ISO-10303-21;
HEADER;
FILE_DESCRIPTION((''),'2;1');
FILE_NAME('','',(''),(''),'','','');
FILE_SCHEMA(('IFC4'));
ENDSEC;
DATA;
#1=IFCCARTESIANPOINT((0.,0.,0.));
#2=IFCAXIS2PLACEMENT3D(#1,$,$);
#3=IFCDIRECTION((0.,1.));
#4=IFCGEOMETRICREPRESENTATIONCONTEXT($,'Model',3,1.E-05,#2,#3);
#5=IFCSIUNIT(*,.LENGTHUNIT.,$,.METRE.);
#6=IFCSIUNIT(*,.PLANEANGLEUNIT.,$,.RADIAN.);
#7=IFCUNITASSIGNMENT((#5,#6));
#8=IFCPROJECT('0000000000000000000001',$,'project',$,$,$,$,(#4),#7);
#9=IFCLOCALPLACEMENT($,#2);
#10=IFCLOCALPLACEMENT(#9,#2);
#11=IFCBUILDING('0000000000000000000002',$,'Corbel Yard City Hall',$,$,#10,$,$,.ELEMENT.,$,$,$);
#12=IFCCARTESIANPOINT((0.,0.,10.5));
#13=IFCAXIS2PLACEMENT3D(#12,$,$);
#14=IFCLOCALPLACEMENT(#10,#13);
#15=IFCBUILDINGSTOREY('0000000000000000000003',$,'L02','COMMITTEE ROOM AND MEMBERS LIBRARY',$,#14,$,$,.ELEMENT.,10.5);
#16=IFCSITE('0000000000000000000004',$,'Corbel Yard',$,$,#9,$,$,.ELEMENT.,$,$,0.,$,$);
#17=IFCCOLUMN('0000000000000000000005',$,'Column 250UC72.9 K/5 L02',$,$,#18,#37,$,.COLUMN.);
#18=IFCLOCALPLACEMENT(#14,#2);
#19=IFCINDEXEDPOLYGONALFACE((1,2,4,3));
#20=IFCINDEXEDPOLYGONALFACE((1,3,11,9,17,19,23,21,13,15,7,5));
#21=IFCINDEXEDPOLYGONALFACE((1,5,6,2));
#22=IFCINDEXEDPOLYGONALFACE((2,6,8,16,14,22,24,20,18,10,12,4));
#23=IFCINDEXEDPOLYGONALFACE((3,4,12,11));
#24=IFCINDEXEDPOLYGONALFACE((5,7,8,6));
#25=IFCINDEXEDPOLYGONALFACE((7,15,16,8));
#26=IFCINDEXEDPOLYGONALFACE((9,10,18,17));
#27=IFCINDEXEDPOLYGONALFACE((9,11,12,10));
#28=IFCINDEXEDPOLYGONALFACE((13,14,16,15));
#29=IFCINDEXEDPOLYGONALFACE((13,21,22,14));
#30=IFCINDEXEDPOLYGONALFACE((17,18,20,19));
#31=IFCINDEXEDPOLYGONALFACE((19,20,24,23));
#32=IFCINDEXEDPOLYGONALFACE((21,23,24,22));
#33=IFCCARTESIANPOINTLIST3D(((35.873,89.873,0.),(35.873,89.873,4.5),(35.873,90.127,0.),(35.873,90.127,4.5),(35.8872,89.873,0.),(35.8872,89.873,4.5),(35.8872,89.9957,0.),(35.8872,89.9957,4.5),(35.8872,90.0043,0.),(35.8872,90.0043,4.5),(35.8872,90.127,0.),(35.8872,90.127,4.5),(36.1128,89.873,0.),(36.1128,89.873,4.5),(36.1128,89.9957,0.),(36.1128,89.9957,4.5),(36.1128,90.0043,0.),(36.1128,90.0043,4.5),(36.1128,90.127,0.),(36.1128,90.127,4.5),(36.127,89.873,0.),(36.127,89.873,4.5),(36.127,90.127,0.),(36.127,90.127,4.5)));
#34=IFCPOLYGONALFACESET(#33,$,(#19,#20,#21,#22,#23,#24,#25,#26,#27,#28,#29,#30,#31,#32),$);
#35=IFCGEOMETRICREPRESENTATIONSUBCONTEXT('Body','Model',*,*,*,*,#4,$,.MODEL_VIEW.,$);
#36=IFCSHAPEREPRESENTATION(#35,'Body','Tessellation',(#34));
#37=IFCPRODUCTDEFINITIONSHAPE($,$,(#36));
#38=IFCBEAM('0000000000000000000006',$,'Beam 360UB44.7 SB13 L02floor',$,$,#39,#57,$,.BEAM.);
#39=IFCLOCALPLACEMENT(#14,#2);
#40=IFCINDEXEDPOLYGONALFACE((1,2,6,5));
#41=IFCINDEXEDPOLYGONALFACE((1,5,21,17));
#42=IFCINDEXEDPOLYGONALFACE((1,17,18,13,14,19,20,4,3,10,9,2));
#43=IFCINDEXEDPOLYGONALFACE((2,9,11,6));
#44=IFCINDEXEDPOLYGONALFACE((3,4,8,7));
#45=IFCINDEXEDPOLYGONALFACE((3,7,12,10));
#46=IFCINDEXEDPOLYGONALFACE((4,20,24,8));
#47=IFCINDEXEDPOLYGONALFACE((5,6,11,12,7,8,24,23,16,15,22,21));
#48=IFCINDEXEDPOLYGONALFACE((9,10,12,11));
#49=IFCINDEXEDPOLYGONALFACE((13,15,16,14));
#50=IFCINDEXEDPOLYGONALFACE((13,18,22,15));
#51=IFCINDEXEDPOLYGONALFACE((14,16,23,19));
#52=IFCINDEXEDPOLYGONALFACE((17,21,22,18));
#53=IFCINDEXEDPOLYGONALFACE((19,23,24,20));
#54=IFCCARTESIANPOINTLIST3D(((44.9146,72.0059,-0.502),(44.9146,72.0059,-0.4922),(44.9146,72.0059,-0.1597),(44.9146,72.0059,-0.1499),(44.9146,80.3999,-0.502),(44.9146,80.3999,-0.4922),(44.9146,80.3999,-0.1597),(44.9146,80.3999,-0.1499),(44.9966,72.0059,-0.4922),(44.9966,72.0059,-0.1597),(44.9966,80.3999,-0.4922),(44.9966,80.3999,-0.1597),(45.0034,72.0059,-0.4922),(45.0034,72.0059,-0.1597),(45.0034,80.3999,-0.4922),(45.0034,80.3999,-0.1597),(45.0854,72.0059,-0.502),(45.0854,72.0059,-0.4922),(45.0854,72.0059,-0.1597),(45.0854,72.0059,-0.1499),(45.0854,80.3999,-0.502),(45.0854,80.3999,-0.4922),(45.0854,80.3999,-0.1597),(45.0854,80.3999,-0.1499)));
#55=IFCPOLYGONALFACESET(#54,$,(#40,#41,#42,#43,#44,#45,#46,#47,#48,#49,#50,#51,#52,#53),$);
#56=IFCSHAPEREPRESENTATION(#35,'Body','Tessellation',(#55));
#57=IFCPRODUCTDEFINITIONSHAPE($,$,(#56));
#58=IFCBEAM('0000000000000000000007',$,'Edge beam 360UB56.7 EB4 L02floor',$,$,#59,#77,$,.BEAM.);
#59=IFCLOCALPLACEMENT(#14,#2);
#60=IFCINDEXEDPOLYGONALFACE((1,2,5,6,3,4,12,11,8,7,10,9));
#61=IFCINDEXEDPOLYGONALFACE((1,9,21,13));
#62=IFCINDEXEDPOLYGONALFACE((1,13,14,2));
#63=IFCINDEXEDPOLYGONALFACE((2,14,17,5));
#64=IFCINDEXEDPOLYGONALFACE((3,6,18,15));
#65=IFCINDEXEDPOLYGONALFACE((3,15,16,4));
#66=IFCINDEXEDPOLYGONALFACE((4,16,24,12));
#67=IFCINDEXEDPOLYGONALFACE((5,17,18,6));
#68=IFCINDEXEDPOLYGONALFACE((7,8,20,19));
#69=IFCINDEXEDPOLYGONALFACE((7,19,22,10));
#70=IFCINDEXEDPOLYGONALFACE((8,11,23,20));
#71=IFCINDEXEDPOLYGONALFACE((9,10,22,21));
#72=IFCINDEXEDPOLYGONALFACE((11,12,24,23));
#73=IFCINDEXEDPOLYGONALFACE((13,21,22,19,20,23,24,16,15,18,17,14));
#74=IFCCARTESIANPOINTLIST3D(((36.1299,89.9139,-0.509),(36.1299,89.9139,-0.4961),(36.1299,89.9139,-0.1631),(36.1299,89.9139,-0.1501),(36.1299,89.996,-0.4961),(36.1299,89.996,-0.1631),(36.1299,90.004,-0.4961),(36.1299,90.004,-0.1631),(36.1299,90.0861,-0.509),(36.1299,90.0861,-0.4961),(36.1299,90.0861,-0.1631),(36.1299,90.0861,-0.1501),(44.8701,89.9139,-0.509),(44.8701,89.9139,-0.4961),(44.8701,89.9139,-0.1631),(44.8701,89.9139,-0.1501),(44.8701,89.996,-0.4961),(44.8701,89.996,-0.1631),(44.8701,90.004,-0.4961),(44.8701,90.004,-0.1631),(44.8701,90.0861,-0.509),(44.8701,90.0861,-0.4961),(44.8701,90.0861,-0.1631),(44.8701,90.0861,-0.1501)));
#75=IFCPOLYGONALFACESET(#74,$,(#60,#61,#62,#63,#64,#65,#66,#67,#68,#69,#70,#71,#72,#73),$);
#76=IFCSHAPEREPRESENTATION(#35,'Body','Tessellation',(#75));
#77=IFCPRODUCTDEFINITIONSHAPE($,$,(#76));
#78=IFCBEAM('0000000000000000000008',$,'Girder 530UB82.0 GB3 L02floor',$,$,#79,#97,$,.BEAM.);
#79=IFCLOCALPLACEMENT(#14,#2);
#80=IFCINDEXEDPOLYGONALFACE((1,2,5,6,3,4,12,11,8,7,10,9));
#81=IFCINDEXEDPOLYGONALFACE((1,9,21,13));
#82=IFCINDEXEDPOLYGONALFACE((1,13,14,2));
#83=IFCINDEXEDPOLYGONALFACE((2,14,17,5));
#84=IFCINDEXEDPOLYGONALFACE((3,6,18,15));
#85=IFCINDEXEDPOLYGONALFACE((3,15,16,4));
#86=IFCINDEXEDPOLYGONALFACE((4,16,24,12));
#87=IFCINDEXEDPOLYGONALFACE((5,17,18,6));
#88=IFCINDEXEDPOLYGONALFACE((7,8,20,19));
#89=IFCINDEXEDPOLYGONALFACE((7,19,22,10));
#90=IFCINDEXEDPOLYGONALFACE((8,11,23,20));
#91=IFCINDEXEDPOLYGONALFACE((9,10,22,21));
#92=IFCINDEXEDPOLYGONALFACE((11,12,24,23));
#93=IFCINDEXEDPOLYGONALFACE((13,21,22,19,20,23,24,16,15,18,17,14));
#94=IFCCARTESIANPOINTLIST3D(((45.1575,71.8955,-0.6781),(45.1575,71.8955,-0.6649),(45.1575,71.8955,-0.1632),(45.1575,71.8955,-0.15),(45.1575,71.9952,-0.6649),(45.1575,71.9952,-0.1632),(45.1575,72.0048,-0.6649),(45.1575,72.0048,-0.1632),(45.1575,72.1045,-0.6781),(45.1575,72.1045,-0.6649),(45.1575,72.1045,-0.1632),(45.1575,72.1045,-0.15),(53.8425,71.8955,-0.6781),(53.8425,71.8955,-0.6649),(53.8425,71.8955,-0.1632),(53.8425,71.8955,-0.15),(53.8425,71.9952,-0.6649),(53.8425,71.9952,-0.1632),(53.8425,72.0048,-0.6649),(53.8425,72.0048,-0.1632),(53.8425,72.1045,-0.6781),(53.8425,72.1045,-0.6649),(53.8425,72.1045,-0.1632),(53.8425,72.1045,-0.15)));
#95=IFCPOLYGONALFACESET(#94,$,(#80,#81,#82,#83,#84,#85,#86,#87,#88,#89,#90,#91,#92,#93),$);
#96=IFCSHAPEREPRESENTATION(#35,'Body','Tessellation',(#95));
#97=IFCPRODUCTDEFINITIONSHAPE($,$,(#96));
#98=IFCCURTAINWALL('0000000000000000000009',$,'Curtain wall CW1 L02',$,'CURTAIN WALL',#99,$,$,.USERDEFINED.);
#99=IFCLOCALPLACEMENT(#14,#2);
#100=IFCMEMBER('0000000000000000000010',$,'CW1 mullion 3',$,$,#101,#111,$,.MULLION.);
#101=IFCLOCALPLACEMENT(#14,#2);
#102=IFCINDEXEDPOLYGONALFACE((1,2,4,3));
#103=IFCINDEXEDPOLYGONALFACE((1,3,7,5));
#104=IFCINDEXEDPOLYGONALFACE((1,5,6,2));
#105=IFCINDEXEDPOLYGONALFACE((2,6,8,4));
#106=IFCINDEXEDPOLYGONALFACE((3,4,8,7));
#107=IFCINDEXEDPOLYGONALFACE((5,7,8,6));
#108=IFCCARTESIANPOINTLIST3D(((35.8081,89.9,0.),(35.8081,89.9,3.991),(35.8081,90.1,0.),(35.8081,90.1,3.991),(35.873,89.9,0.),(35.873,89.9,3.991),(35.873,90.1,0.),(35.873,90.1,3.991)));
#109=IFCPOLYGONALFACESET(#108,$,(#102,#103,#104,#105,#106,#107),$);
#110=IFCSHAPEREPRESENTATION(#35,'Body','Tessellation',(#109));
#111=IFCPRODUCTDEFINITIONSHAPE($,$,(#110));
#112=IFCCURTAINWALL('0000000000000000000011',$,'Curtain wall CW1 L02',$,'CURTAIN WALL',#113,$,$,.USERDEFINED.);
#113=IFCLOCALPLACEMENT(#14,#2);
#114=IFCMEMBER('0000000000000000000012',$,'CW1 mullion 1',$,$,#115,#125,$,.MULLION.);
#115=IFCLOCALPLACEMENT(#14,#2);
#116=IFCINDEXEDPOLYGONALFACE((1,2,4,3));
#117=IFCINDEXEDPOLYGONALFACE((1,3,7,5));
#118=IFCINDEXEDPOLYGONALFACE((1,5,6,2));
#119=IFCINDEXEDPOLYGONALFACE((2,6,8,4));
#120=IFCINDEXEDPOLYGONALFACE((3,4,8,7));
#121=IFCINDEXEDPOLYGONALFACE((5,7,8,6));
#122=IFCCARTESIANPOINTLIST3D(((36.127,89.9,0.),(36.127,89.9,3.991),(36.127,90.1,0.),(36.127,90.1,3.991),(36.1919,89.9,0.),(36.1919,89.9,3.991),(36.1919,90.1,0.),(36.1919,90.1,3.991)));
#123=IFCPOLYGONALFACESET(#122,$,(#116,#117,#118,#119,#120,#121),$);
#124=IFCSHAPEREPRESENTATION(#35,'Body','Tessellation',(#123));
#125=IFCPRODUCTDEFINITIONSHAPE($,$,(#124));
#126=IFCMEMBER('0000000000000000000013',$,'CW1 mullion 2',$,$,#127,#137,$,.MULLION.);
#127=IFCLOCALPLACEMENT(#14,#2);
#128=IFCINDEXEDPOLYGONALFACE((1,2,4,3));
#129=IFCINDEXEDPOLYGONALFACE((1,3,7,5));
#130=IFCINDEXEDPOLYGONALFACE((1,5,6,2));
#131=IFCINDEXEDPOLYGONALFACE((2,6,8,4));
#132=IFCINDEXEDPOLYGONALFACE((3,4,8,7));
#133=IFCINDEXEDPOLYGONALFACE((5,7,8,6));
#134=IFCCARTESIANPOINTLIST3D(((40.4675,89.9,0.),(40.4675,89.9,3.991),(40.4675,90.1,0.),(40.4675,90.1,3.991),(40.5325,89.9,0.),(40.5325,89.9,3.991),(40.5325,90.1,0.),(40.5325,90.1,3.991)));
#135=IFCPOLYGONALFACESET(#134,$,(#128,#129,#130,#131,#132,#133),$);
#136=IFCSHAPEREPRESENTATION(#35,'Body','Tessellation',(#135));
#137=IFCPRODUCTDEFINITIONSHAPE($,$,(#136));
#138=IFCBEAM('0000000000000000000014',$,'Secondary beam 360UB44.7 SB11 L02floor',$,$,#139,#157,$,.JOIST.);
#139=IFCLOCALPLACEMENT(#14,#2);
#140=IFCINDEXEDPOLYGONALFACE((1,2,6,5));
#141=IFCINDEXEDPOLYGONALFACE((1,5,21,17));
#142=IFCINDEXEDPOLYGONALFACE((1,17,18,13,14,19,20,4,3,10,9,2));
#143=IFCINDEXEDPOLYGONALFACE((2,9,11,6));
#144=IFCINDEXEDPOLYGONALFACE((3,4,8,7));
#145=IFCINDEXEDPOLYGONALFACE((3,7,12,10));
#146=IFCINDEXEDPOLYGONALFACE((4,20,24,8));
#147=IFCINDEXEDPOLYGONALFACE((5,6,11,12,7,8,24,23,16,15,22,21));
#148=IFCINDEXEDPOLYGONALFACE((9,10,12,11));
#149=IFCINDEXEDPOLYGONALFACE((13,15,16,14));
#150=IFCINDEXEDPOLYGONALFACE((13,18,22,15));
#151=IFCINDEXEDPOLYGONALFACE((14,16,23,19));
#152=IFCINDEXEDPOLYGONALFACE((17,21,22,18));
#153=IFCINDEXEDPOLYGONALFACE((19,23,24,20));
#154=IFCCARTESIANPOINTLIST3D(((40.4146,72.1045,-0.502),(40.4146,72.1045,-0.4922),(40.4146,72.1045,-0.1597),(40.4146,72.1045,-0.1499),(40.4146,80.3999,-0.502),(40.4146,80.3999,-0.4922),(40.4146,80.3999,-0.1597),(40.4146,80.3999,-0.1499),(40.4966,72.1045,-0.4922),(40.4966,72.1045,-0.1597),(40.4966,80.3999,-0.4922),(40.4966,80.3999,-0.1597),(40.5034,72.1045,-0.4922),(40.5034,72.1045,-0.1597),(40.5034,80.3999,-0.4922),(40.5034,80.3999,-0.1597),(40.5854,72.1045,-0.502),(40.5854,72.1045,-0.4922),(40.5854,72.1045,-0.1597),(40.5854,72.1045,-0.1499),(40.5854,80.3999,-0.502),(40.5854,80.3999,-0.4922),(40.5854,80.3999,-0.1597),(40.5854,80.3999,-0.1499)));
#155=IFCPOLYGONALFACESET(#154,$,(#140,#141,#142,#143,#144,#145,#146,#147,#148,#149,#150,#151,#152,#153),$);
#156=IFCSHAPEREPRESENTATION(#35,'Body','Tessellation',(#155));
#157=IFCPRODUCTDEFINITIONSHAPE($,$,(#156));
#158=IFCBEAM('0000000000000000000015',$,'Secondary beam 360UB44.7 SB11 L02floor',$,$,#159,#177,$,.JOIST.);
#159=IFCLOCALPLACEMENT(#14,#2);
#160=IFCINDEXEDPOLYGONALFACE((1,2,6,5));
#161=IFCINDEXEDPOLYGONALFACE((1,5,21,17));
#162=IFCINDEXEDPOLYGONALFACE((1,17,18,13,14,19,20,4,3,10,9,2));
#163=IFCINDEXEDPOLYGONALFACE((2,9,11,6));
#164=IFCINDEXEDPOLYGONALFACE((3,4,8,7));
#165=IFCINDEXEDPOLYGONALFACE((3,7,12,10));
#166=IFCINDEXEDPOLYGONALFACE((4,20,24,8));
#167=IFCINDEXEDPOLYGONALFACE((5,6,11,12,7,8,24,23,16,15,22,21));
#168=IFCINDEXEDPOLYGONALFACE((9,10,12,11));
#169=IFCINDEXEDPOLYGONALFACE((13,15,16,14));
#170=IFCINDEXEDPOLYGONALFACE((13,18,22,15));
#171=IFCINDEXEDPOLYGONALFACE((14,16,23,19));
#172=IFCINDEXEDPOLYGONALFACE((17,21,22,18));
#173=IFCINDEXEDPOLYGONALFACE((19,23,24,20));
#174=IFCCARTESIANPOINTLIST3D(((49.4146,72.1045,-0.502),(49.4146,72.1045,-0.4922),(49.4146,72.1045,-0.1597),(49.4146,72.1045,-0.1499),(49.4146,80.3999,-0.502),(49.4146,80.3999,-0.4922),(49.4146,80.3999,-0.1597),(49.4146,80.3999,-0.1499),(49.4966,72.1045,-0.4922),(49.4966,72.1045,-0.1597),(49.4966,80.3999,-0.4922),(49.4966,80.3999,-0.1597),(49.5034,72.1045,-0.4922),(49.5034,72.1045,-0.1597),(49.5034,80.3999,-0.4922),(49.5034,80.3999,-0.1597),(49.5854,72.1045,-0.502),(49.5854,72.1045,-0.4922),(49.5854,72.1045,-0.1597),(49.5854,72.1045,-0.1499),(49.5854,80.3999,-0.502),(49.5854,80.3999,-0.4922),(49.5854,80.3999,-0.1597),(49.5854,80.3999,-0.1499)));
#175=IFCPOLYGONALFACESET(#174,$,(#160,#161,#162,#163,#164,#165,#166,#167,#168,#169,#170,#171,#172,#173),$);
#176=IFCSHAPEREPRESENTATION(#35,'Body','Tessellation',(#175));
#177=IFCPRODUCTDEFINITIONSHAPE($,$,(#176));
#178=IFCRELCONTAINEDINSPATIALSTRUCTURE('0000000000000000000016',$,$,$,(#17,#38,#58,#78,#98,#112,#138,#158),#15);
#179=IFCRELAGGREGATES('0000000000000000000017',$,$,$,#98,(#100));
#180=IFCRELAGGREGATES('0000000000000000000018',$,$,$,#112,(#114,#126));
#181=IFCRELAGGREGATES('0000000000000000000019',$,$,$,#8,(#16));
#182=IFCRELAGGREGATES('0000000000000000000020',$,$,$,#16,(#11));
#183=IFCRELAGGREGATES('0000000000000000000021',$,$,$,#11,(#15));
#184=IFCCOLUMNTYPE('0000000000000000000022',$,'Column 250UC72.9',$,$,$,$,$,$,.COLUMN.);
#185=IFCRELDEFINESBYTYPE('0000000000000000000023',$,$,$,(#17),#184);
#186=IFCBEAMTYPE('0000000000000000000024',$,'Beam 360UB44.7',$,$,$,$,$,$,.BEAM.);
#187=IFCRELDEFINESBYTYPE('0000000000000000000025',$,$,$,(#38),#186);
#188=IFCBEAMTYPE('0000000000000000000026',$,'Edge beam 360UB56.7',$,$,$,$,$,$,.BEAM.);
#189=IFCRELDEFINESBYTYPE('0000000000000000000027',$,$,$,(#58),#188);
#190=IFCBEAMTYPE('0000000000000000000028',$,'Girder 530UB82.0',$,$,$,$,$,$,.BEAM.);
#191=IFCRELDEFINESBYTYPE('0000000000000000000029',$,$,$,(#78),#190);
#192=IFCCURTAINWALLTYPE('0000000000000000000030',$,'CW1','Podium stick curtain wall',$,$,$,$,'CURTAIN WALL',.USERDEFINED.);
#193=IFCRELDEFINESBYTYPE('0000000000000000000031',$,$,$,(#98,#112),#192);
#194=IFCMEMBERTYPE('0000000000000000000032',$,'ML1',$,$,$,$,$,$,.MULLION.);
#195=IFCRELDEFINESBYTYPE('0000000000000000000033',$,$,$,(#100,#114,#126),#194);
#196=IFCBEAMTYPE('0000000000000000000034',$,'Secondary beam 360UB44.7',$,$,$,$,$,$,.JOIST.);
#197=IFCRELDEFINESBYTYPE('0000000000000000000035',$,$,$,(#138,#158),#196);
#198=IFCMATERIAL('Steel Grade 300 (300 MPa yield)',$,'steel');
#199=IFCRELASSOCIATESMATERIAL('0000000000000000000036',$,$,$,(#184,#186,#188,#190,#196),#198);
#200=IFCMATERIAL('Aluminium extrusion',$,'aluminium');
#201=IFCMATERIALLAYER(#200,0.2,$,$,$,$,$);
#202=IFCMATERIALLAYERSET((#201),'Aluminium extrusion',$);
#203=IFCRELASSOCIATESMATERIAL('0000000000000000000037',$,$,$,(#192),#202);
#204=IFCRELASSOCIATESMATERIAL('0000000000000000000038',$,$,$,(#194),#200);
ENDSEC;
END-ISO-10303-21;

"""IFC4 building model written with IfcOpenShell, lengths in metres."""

from ifc_helpers import new_model, si_unit, direction, frame, origin, origin_2d, place, context, subcontext, project, spatial, rectangle, i_section, extrude, material, layer, layer_set, material_profile, profile_set, type_object, element, aggregate, save


model = new_model("IFC4")

# Units and contexts
model_context = context("Model", 3, precision=1e-05, world=origin(), true_north=direction((0.0, 1.0)))
body_context = subcontext(model_context, "Body", "Model", "MODEL_VIEW")
ifc_project = project(units=[si_unit("LENGTHUNIT", "METRE"), si_unit("PLANEANGLEUNIT", "RADIAN")], contexts=[model_context])

# Site, building, storey
site_placement = place(None, origin())
site = spatial("IfcSite", under=ifc_project, at=site_placement, Name="Corbel Yard", CompositionType="ELEMENT", RefElevation=0.0)
building_placement = place(site_placement, origin())
building = spatial("IfcBuilding", under=site, at=building_placement, Name="Corbel Yard City Hall", CompositionType="ELEMENT")
storey_placement = place(building_placement, frame((0.0, 0.0, 10.5)))
storey = spatial("IfcBuildingStorey", under=building, at=storey_placement, Name="L02", Description="COMMITTEE ROOM AND MEMBERS LIBRARY", CompositionType="ELEMENT", Elevation=10.5)

# Column
ifc_material_1 = material(Name="Steel Grade 300 (300 MPa yield)", Category="steel")
ifc_material_profile_1 = material_profile(ifc_material_1, i_section(OverallWidth=0.2539, OverallDepth=0.2539, WebThickness=0.0085, FlangeThickness=0.0142, at=origin_2d()), Name="250UC72.9")
ifc_profile_set_1 = profile_set([ifc_material_profile_1], Name="Steel Grade 300 (300 MPa yield)")
column_type = type_object("IfcColumnType", Name="Column 250UC72.9", PredefinedType="COLUMN", material=ifc_profile_set_1)
column_placement = place(storey_placement, frame((36.0, 90.0, 0.0), z_axis=(0.0, 0.0, 1.0), x_axis=(0.0, 1.0, 0.0)))
element("IfcColumn", 1, at=column_placement, inside=storey, type_object=column_type, Name="Column 250UC72.9 K/5 L02", PredefinedType="COLUMN", context=body_context, shape_type="SweptSolid", body=[
    extrude(i_section(OverallWidth=0.2539, OverallDepth=0.2539, WebThickness=0.0085, FlangeThickness=0.0142, at=origin_2d()), origin(), (0.0, 0.0, 1.0), 4.5),
])

# Beams
ifc_material_profile_2 = material_profile(ifc_material_1, i_section(OverallWidth=0.1709, OverallDepth=0.3521, WebThickness=0.0068, FlangeThickness=0.0098, at=origin_2d()), Name="360UB44.7")
ifc_profile_set_2 = profile_set([ifc_material_profile_2], Name="Steel Grade 300 (300 MPa yield)")
beam_type_1 = type_object("IfcBeamType", Name="Beam 360UB44.7", PredefinedType="BEAM", material=ifc_profile_set_2)
beam_1_placement = place(storey_placement, frame((45.0, 72.0059, -0.3259), z_axis=(0.0, 1.0, 0.0), x_axis=(-1.0, 0.0, 0.0)))
element("IfcBeam", 2, at=beam_1_placement, inside=storey, type_object=beam_type_1, Name="Beam 360UB44.7 SB13 L02floor", PredefinedType="BEAM", context=body_context, shape_type="SweptSolid", body=[
    extrude(i_section(OverallWidth=0.1709, OverallDepth=0.3521, WebThickness=0.0068, FlangeThickness=0.0098, at=origin_2d()), origin(), (0.0, 0.0, 1.0), 8.394),
])
ifc_material_profile_3 = material_profile(ifc_material_1, i_section(OverallWidth=0.1721, OverallDepth=0.3589, WebThickness=0.0081, FlangeThickness=0.0129, at=origin_2d()), Name="360UB56.7")
ifc_profile_set_3 = profile_set([ifc_material_profile_3], Name="Steel Grade 300 (300 MPa yield)")
beam_type_2 = type_object("IfcBeamType", Name="Edge beam 360UB56.7", PredefinedType="BEAM", material=ifc_profile_set_3)
beam_2_placement = place(storey_placement, frame((36.1299, 90.0, -0.3296), z_axis=(1.0, 0.0, 0.0), x_axis=(0.0, 1.0, 0.0)))
element("IfcBeam", 3, at=beam_2_placement, inside=storey, type_object=beam_type_2, Name="Edge beam 360UB56.7 EB4 L02floor", PredefinedType="BEAM", context=body_context, shape_type="SweptSolid", body=[
    extrude(i_section(OverallWidth=0.1721, OverallDepth=0.3589, WebThickness=0.0081, FlangeThickness=0.0129, at=origin_2d()), origin(), (0.0, 0.0, 1.0), 8.7402),
])
ifc_material_profile_4 = material_profile(ifc_material_1, i_section(OverallWidth=0.209, OverallDepth=0.5281, WebThickness=0.0095, FlangeThickness=0.0132, at=origin_2d()), Name="530UB82.0")
ifc_profile_set_4 = profile_set([ifc_material_profile_4], Name="Steel Grade 300 (300 MPa yield)")
beam_type_3 = type_object("IfcBeamType", Name="Girder 530UB82.0", PredefinedType="BEAM", material=ifc_profile_set_4)
beam_3_placement = place(storey_placement, frame((45.1575, 72.0, -0.4141), z_axis=(1.0, 0.0, 0.0), x_axis=(0.0, 1.0, 0.0)))
element("IfcBeam", 4, at=beam_3_placement, inside=storey, type_object=beam_type_3, Name="Girder 530UB82.0 GB3 L02floor", PredefinedType="BEAM", context=body_context, shape_type="SweptSolid", body=[
    extrude(i_section(OverallWidth=0.209, OverallDepth=0.5281, WebThickness=0.0095, FlangeThickness=0.0132, at=origin_2d()), origin(), (0.0, 0.0, 1.0), 8.6851),
])

# Curtain wall, member
ifc_material_2 = material(Name="Aluminium extrusion", Category="aluminium")
ifc_layer_1 = layer(ifc_material_2, 0.2)
ifc_layer_set_1 = layer_set([ifc_layer_1], Name="Aluminium extrusion")
curtain_wall_type = type_object("IfcCurtainWallType", Name="CW1", Description="Podium stick curtain wall", ElementType="CURTAIN WALL", PredefinedType="USERDEFINED", material=ifc_layer_set_1)
curtain_wall_1_placement = place(storey_placement, origin())
curtain_wall_1 = element("IfcCurtainWall", 5, at=curtain_wall_1_placement, inside=storey, type_object=curtain_wall_type, Name="Curtain wall CW1 L02", ObjectType="CURTAIN WALL", PredefinedType="USERDEFINED")
ifc_material_profile_5 = material_profile(ifc_material_2, rectangle(XDim=0.2, YDim=0.0649, at=origin_2d()), Name="200x65")
ifc_profile_set_5 = profile_set([ifc_material_profile_5], Name="Aluminium extrusion")
member_type_1 = type_object("IfcMemberType", Name="ML1", PredefinedType="MULLION", material=ifc_profile_set_5)
member_1_placement = place(storey_placement, frame((35.8406, 90.0, 0.0), z_axis=(0.0, 0.0, 1.0), x_axis=(0.0, 1.0, 0.0)))
member_1 = element("IfcMember", 6, at=member_1_placement, type_object=member_type_1, Name="CW1 mullion 3", PredefinedType="MULLION", context=body_context, shape_type="SweptSolid", body=[
    extrude(rectangle(XDim=0.2, YDim=0.0649, at=origin_2d()), origin(), (0.0, 0.0, 1.0), 3.991),
])

# Curtain wall, members
curtain_wall_2_placement = place(storey_placement, origin())
curtain_wall_2 = element("IfcCurtainWall", 7, at=curtain_wall_2_placement, inside=storey, type_object=curtain_wall_type, Name="Curtain wall CW1 L02", ObjectType="CURTAIN WALL", PredefinedType="USERDEFINED")
member_2_placement = place(storey_placement, frame((36.1594, 90.0, 0.0), z_axis=(0.0, 0.0, 1.0), x_axis=(0.0, 1.0, 0.0)))
member_2 = element("IfcMember", 8, at=member_2_placement, type_object=member_type_1, Name="CW1 mullion 1", PredefinedType="MULLION", context=body_context, shape_type="SweptSolid", body=[
    extrude(rectangle(XDim=0.2, YDim=0.0649, at=origin_2d()), origin(), (0.0, 0.0, 1.0), 3.991),
])
member_3_placement = place(storey_placement, frame((40.5, 90.0, 0.0), z_axis=(0.0, 0.0, 1.0), x_axis=(0.0, 1.0, 0.0)))
member_3 = element("IfcMember", 9, at=member_3_placement, type_object=member_type_1, Name="CW1 mullion 2", PredefinedType="MULLION", context=body_context, shape_type="SweptSolid", body=[
    extrude(rectangle(XDim=0.2, YDim=0.0649, at=origin_2d()), origin(), (0.0, 0.0, 1.0), 3.991),
])

# Beams
ifc_material_profile_6 = material_profile(ifc_material_1, i_section(OverallWidth=0.1709, OverallDepth=0.3521, WebThickness=0.0068, FlangeThickness=0.0098, at=origin_2d()), Name="360UB44.7")
ifc_profile_set_6 = profile_set([ifc_material_profile_6], Name="Steel Grade 300 (300 MPa yield)")
beam_type_4 = type_object("IfcBeamType", Name="Secondary beam 360UB44.7", PredefinedType="JOIST", material=ifc_profile_set_6)
for number, where, z_axis, x_axis, name in (
    (10, (40.5, 72.1045, -0.3259), (0.0, 1.0, 0.0), (-1.0, 0.0, 0.0), "Secondary beam 360UB44.7 SB11 L02floor"),
    (11, (49.5, 72.1045, -0.3259), (0.0, 1.0, 0.0), (-1.0, 0.0, 0.0), "Secondary beam 360UB44.7 SB11 L02floor"),
):
    element("IfcBeam", number, at=place(storey_placement, frame(where, z_axis=z_axis, x_axis=x_axis)), inside=storey, type_object=beam_type_4, Name=name, PredefinedType="JOIST", context=body_context, shape_type="SweptSolid", body=[
        extrude(i_section(OverallWidth=0.1709, OverallDepth=0.3521, WebThickness=0.0068, FlangeThickness=0.0098, at=origin_2d()), origin(), (0.0, 0.0, 1.0), 8.2954),
    ])

aggregate(curtain_wall_1, [member_1])
aggregate(curtain_wall_2, [member_2, member_3])

save(model, "model.ifc")
